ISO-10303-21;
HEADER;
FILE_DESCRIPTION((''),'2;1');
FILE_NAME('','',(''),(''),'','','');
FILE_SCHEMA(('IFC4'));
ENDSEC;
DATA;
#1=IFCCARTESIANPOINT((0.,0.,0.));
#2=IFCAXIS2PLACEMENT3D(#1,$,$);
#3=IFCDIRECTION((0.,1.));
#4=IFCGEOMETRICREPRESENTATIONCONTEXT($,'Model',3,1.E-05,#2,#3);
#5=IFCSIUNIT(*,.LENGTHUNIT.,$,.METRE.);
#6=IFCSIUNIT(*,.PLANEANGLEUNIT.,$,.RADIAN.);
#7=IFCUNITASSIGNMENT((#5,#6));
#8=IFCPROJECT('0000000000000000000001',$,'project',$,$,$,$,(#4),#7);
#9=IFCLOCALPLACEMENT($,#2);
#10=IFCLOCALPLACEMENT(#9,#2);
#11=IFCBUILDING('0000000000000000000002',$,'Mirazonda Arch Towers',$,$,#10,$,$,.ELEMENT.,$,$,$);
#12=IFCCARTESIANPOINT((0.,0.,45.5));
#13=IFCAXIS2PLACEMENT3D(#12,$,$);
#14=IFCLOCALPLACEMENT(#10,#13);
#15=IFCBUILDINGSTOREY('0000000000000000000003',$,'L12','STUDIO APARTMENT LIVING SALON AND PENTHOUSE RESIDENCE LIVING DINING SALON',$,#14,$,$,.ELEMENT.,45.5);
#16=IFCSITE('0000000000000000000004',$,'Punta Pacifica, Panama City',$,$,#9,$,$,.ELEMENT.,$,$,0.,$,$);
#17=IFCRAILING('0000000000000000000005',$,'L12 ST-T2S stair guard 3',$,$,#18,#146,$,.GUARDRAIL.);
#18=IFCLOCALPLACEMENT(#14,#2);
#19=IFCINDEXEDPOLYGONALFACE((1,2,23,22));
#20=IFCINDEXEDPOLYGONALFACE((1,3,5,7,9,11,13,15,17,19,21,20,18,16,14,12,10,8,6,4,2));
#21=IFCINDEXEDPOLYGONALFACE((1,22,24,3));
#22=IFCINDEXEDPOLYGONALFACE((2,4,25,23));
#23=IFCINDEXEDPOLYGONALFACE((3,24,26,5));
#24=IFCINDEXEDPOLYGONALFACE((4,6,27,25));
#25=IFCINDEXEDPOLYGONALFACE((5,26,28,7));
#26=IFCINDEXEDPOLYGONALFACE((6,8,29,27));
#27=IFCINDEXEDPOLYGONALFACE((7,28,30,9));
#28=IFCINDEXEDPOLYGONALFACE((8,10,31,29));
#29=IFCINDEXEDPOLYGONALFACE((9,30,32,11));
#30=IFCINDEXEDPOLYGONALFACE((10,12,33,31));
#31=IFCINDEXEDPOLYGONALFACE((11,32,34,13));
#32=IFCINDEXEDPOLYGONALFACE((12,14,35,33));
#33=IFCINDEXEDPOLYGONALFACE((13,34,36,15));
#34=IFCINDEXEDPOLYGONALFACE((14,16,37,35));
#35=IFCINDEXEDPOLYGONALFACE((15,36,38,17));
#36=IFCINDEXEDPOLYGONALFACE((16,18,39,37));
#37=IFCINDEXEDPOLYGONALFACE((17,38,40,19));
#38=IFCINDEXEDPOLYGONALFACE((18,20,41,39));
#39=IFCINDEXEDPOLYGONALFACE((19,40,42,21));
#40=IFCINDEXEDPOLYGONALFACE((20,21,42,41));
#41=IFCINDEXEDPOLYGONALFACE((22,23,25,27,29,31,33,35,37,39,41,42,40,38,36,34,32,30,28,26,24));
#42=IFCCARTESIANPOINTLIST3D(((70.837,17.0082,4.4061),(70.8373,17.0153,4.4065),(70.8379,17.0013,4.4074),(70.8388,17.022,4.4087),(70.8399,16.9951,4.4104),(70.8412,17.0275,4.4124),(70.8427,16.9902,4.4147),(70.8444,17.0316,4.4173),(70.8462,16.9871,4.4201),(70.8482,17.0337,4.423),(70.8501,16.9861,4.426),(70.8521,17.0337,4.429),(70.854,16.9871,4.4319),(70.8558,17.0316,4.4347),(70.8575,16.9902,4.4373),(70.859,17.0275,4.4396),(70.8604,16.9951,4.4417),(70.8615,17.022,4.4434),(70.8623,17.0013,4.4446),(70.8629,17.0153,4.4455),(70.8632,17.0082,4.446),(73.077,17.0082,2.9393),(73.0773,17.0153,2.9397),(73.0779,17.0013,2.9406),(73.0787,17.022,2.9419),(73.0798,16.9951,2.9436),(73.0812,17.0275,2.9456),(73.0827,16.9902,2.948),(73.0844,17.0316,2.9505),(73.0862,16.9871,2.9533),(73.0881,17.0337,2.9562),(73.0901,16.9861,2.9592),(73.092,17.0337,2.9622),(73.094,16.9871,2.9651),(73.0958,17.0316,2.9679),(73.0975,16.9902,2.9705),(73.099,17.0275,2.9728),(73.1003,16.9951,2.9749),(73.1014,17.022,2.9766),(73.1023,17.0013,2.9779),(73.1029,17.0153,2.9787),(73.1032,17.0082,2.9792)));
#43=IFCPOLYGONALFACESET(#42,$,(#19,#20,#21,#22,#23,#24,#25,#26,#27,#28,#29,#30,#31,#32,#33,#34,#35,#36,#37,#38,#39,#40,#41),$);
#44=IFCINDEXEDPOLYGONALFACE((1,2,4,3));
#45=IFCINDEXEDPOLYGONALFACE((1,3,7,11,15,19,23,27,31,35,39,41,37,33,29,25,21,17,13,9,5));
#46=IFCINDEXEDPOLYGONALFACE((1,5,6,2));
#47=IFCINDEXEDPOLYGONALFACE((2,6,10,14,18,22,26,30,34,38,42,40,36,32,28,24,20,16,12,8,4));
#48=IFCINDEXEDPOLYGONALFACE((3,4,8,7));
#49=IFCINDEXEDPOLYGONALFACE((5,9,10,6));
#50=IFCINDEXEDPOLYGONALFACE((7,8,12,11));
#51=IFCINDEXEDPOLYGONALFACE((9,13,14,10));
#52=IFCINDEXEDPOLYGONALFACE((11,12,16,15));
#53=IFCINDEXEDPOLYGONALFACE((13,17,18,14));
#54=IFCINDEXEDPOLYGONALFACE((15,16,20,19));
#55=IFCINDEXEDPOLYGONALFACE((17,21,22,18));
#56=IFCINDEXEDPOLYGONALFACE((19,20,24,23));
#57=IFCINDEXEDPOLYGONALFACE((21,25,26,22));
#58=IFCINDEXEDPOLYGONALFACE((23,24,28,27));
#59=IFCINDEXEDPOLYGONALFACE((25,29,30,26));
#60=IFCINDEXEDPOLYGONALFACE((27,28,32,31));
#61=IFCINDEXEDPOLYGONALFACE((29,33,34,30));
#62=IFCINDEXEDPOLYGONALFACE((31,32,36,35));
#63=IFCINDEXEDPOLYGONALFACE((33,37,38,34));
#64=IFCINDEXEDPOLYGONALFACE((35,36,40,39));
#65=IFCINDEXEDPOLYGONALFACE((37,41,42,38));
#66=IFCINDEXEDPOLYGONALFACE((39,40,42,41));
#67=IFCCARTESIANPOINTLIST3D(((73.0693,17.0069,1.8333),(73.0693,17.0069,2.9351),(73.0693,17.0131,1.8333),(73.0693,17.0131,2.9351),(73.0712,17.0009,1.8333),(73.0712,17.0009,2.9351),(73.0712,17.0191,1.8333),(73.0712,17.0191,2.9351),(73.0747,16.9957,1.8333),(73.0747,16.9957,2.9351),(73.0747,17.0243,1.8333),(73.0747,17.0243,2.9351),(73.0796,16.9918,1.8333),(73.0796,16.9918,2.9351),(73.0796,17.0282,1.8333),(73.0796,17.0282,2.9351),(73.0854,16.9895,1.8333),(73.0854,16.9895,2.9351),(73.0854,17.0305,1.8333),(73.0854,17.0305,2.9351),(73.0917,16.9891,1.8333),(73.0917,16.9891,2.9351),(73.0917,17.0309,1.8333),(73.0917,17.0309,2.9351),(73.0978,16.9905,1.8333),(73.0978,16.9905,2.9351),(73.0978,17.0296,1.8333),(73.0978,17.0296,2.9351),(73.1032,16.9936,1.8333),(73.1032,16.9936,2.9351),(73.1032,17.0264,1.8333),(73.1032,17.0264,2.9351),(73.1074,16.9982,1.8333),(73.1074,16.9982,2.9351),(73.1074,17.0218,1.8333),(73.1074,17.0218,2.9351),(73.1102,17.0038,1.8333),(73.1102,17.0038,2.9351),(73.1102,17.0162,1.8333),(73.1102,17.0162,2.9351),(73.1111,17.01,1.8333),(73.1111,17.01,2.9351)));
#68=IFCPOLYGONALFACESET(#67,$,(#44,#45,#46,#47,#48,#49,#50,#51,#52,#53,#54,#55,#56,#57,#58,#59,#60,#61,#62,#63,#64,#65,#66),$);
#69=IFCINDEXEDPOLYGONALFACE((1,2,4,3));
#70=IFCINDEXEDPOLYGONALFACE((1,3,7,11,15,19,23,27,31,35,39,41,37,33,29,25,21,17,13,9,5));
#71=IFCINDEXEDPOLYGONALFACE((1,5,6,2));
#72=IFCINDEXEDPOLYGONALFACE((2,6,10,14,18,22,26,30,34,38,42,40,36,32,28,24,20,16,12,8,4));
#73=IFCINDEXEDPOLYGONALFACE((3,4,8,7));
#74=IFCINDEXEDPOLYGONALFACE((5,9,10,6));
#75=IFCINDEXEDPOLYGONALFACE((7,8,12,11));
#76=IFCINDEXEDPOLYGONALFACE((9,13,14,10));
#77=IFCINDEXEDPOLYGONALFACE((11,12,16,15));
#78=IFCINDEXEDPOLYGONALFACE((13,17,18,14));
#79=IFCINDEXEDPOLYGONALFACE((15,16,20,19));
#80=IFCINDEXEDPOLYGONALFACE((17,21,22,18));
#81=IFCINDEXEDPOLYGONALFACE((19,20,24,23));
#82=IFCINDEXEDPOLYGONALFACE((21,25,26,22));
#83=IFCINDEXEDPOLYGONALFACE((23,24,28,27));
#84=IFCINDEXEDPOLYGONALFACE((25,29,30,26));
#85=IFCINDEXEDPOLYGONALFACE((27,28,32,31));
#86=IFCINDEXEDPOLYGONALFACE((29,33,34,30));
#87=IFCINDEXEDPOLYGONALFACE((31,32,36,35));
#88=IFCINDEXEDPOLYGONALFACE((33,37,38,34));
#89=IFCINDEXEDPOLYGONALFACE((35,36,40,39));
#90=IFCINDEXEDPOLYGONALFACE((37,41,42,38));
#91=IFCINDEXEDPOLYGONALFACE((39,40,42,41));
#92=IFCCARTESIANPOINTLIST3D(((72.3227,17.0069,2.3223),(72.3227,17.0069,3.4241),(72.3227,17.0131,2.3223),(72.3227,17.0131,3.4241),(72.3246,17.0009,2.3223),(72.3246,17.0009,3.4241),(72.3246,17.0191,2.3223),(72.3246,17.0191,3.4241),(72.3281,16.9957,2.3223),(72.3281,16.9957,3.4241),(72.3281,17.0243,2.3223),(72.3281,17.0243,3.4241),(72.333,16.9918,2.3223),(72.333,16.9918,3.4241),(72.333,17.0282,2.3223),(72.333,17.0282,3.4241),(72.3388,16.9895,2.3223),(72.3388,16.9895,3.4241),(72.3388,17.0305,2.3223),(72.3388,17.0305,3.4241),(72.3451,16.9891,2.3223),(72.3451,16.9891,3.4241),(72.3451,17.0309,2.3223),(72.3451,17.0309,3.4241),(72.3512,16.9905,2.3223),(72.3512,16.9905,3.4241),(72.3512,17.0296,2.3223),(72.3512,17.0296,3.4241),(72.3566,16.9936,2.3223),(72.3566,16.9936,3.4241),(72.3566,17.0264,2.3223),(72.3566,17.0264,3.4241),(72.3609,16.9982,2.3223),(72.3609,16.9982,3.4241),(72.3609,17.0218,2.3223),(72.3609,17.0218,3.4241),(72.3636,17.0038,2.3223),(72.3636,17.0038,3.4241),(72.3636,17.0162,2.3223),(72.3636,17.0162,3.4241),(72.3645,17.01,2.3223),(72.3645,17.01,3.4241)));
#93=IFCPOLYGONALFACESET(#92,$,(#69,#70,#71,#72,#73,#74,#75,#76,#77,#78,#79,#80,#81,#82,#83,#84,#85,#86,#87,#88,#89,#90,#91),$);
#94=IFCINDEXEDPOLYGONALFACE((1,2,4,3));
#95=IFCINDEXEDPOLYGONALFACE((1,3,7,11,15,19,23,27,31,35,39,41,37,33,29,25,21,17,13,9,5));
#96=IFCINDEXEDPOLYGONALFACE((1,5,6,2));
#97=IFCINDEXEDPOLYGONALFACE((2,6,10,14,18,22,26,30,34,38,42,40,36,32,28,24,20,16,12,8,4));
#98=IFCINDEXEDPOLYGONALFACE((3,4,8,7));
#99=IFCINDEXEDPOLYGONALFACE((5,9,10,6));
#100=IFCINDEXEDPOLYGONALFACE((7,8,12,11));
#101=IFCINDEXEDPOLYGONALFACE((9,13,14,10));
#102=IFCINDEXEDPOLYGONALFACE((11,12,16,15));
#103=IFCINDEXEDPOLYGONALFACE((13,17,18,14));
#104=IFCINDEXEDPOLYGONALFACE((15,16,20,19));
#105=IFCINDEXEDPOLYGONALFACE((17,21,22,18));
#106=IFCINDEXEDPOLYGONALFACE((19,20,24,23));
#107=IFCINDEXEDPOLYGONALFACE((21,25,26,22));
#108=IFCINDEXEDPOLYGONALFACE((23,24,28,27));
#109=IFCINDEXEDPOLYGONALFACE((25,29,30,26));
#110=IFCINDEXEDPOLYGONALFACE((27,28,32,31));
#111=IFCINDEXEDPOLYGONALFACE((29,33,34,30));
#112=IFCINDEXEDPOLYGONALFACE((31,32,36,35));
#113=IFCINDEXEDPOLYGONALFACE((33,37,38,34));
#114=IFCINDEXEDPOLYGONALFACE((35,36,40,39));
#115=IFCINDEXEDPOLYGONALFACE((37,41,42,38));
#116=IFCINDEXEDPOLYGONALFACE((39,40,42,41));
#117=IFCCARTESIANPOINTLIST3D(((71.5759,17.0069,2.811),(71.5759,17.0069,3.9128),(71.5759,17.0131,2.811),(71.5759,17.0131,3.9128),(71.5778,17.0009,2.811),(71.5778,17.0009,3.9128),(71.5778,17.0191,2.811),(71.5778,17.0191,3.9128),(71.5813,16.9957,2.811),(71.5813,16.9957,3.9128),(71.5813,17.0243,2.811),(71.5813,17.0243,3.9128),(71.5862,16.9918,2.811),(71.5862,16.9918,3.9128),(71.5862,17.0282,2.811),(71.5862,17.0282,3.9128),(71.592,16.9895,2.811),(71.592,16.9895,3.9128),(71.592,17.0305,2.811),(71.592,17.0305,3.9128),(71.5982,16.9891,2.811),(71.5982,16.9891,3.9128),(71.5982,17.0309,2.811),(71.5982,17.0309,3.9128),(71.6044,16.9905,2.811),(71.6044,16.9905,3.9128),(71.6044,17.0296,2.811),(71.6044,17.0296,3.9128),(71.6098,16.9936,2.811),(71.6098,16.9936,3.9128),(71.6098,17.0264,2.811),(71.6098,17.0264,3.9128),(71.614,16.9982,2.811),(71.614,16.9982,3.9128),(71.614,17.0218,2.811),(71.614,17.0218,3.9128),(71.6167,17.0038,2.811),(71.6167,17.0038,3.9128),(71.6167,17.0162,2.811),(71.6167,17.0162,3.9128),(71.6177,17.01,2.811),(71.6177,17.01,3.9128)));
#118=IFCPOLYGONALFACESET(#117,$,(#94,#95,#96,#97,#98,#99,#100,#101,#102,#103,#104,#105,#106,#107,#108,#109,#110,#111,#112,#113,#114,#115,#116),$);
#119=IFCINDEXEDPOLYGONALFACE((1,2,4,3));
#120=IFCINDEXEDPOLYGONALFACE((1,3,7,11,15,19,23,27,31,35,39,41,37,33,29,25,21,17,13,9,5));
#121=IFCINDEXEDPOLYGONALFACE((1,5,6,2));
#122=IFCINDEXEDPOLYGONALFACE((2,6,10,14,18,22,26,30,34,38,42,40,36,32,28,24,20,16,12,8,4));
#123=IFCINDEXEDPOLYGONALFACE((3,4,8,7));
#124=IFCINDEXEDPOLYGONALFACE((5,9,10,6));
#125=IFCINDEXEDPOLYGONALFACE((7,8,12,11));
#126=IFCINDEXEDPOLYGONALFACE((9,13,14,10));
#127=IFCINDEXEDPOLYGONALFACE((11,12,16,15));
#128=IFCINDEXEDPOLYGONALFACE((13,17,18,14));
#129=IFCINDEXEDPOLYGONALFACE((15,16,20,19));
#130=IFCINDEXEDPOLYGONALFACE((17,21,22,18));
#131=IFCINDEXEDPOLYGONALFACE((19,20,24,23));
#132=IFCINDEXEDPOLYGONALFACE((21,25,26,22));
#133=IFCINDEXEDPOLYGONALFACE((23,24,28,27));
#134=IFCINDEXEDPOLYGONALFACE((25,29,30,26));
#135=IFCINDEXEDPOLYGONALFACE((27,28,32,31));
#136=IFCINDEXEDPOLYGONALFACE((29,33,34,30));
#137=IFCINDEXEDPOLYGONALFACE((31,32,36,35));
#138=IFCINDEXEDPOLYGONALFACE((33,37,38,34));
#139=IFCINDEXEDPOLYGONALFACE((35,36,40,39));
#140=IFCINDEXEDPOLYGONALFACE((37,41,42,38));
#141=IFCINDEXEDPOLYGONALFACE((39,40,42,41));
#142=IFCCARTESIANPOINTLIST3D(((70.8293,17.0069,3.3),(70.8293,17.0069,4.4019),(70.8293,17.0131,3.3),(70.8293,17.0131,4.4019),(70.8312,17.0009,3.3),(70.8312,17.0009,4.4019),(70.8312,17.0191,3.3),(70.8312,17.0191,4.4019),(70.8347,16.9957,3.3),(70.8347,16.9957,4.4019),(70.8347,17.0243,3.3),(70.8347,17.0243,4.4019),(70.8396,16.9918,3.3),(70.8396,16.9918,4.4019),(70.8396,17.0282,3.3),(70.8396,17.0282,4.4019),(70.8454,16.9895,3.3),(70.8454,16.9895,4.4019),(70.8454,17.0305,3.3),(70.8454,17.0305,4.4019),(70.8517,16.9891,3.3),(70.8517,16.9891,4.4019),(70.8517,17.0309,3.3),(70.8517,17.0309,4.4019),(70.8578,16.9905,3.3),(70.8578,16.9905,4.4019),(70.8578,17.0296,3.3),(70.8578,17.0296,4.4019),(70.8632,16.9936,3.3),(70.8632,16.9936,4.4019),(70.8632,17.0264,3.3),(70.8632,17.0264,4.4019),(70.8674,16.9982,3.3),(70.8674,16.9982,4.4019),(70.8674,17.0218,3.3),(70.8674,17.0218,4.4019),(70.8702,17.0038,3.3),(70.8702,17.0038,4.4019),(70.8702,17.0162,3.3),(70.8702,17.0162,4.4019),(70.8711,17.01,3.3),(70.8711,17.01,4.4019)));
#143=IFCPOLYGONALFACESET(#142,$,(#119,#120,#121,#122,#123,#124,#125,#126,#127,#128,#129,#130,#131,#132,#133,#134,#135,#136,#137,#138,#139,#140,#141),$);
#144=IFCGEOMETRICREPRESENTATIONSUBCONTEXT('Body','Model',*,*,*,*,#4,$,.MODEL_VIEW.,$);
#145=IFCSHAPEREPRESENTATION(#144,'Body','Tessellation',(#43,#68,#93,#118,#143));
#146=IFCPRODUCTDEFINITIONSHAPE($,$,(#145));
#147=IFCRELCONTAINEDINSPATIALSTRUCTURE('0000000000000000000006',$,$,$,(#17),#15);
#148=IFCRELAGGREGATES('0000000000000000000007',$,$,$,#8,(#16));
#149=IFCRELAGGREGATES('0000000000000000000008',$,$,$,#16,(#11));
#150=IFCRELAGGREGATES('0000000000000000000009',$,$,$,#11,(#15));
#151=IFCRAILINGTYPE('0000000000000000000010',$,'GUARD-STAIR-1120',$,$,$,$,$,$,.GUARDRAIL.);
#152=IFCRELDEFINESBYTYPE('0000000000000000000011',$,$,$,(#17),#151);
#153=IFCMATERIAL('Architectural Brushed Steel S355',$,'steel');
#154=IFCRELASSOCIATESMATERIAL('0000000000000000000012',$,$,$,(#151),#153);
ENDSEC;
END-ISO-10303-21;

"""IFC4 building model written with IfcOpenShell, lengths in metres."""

from ifc_helpers import new_model, si_unit, direction, frame, origin, origin_2d, place, context, subcontext, project, spatial, circle, extrude, material, type_object, element, save


model = new_model("IFC4")

# Units and contexts
model_context = context("Model", 3, precision=1e-05, world=origin(), true_north=direction((0.0, 1.0)))
body_context = subcontext(model_context, "Body", "Model", "MODEL_VIEW")
ifc_project = project(units=[si_unit("LENGTHUNIT", "METRE"), si_unit("PLANEANGLEUNIT", "RADIAN")], contexts=[model_context])

# Site, building, storey
site_placement = place(None, origin())
site = spatial("IfcSite", under=ifc_project, at=site_placement, Name="Punta Pacifica, Panama City", CompositionType="ELEMENT", RefElevation=0.0)
building_placement = place(site_placement, origin())
building = spatial("IfcBuilding", under=site, at=building_placement, Name="Mirazonda Arch Towers", CompositionType="ELEMENT")
storey_placement = place(building_placement, frame((0.0, 0.0, 45.5)))
storey = spatial("IfcBuildingStorey", under=building, at=storey_placement, Name="L12", Description="STUDIO APARTMENT LIVING SALON AND PENTHOUSE RESIDENCE LIVING DINING SALON", CompositionType="ELEMENT", Elevation=45.5)

# Railing
ifc_material_1 = material(Name="Architectural Brushed Steel S355", Category="steel")
railing_type_1 = type_object("IfcRailingType", Name="GUARD-STAIR-1120", PredefinedType="GUARDRAIL", material=ifc_material_1)
railing_1_placement = place(storey_placement, frame((73.0901, 17.01, 1.8333)))
element("IfcRailing", 1, at=railing_1_placement, inside=storey, type_object=railing_type_1, Name="L12 ST-T2S stair guard 3", PredefinedType="GUARDRAIL", context=body_context, shape_type="SweptSolid", body=[
    extrude(circle(Radius=0.0239, at=origin_2d()), frame((0.0, 0.0, 1.126), z_axis=(-0.836595, 0.0, 0.547822), x_axis=(0.0, -1.0, 0.0)), (0.0, 0.0, 1.0), 2.6775),
    extrude(circle(Radius=0.021, at=origin_2d()), origin(), (0.0, 0.0, 1.0), 1.1018),
    extrude(circle(Radius=0.021, at=origin_2d()), frame((-0.7466, 0.0, 0.489)), (0.0, 0.0, 1.0), 1.1018),
    extrude(circle(Radius=0.021, at=origin_2d()), frame((-1.4934, 0.0, 0.9778)), (0.0, 0.0, 1.0), 1.1018),
    extrude(circle(Radius=0.021, at=origin_2d()), frame((-2.24, 0.0, 1.4668)), (0.0, 0.0, 1.0), 1.1018),
])

save(model, "model.ifc")
